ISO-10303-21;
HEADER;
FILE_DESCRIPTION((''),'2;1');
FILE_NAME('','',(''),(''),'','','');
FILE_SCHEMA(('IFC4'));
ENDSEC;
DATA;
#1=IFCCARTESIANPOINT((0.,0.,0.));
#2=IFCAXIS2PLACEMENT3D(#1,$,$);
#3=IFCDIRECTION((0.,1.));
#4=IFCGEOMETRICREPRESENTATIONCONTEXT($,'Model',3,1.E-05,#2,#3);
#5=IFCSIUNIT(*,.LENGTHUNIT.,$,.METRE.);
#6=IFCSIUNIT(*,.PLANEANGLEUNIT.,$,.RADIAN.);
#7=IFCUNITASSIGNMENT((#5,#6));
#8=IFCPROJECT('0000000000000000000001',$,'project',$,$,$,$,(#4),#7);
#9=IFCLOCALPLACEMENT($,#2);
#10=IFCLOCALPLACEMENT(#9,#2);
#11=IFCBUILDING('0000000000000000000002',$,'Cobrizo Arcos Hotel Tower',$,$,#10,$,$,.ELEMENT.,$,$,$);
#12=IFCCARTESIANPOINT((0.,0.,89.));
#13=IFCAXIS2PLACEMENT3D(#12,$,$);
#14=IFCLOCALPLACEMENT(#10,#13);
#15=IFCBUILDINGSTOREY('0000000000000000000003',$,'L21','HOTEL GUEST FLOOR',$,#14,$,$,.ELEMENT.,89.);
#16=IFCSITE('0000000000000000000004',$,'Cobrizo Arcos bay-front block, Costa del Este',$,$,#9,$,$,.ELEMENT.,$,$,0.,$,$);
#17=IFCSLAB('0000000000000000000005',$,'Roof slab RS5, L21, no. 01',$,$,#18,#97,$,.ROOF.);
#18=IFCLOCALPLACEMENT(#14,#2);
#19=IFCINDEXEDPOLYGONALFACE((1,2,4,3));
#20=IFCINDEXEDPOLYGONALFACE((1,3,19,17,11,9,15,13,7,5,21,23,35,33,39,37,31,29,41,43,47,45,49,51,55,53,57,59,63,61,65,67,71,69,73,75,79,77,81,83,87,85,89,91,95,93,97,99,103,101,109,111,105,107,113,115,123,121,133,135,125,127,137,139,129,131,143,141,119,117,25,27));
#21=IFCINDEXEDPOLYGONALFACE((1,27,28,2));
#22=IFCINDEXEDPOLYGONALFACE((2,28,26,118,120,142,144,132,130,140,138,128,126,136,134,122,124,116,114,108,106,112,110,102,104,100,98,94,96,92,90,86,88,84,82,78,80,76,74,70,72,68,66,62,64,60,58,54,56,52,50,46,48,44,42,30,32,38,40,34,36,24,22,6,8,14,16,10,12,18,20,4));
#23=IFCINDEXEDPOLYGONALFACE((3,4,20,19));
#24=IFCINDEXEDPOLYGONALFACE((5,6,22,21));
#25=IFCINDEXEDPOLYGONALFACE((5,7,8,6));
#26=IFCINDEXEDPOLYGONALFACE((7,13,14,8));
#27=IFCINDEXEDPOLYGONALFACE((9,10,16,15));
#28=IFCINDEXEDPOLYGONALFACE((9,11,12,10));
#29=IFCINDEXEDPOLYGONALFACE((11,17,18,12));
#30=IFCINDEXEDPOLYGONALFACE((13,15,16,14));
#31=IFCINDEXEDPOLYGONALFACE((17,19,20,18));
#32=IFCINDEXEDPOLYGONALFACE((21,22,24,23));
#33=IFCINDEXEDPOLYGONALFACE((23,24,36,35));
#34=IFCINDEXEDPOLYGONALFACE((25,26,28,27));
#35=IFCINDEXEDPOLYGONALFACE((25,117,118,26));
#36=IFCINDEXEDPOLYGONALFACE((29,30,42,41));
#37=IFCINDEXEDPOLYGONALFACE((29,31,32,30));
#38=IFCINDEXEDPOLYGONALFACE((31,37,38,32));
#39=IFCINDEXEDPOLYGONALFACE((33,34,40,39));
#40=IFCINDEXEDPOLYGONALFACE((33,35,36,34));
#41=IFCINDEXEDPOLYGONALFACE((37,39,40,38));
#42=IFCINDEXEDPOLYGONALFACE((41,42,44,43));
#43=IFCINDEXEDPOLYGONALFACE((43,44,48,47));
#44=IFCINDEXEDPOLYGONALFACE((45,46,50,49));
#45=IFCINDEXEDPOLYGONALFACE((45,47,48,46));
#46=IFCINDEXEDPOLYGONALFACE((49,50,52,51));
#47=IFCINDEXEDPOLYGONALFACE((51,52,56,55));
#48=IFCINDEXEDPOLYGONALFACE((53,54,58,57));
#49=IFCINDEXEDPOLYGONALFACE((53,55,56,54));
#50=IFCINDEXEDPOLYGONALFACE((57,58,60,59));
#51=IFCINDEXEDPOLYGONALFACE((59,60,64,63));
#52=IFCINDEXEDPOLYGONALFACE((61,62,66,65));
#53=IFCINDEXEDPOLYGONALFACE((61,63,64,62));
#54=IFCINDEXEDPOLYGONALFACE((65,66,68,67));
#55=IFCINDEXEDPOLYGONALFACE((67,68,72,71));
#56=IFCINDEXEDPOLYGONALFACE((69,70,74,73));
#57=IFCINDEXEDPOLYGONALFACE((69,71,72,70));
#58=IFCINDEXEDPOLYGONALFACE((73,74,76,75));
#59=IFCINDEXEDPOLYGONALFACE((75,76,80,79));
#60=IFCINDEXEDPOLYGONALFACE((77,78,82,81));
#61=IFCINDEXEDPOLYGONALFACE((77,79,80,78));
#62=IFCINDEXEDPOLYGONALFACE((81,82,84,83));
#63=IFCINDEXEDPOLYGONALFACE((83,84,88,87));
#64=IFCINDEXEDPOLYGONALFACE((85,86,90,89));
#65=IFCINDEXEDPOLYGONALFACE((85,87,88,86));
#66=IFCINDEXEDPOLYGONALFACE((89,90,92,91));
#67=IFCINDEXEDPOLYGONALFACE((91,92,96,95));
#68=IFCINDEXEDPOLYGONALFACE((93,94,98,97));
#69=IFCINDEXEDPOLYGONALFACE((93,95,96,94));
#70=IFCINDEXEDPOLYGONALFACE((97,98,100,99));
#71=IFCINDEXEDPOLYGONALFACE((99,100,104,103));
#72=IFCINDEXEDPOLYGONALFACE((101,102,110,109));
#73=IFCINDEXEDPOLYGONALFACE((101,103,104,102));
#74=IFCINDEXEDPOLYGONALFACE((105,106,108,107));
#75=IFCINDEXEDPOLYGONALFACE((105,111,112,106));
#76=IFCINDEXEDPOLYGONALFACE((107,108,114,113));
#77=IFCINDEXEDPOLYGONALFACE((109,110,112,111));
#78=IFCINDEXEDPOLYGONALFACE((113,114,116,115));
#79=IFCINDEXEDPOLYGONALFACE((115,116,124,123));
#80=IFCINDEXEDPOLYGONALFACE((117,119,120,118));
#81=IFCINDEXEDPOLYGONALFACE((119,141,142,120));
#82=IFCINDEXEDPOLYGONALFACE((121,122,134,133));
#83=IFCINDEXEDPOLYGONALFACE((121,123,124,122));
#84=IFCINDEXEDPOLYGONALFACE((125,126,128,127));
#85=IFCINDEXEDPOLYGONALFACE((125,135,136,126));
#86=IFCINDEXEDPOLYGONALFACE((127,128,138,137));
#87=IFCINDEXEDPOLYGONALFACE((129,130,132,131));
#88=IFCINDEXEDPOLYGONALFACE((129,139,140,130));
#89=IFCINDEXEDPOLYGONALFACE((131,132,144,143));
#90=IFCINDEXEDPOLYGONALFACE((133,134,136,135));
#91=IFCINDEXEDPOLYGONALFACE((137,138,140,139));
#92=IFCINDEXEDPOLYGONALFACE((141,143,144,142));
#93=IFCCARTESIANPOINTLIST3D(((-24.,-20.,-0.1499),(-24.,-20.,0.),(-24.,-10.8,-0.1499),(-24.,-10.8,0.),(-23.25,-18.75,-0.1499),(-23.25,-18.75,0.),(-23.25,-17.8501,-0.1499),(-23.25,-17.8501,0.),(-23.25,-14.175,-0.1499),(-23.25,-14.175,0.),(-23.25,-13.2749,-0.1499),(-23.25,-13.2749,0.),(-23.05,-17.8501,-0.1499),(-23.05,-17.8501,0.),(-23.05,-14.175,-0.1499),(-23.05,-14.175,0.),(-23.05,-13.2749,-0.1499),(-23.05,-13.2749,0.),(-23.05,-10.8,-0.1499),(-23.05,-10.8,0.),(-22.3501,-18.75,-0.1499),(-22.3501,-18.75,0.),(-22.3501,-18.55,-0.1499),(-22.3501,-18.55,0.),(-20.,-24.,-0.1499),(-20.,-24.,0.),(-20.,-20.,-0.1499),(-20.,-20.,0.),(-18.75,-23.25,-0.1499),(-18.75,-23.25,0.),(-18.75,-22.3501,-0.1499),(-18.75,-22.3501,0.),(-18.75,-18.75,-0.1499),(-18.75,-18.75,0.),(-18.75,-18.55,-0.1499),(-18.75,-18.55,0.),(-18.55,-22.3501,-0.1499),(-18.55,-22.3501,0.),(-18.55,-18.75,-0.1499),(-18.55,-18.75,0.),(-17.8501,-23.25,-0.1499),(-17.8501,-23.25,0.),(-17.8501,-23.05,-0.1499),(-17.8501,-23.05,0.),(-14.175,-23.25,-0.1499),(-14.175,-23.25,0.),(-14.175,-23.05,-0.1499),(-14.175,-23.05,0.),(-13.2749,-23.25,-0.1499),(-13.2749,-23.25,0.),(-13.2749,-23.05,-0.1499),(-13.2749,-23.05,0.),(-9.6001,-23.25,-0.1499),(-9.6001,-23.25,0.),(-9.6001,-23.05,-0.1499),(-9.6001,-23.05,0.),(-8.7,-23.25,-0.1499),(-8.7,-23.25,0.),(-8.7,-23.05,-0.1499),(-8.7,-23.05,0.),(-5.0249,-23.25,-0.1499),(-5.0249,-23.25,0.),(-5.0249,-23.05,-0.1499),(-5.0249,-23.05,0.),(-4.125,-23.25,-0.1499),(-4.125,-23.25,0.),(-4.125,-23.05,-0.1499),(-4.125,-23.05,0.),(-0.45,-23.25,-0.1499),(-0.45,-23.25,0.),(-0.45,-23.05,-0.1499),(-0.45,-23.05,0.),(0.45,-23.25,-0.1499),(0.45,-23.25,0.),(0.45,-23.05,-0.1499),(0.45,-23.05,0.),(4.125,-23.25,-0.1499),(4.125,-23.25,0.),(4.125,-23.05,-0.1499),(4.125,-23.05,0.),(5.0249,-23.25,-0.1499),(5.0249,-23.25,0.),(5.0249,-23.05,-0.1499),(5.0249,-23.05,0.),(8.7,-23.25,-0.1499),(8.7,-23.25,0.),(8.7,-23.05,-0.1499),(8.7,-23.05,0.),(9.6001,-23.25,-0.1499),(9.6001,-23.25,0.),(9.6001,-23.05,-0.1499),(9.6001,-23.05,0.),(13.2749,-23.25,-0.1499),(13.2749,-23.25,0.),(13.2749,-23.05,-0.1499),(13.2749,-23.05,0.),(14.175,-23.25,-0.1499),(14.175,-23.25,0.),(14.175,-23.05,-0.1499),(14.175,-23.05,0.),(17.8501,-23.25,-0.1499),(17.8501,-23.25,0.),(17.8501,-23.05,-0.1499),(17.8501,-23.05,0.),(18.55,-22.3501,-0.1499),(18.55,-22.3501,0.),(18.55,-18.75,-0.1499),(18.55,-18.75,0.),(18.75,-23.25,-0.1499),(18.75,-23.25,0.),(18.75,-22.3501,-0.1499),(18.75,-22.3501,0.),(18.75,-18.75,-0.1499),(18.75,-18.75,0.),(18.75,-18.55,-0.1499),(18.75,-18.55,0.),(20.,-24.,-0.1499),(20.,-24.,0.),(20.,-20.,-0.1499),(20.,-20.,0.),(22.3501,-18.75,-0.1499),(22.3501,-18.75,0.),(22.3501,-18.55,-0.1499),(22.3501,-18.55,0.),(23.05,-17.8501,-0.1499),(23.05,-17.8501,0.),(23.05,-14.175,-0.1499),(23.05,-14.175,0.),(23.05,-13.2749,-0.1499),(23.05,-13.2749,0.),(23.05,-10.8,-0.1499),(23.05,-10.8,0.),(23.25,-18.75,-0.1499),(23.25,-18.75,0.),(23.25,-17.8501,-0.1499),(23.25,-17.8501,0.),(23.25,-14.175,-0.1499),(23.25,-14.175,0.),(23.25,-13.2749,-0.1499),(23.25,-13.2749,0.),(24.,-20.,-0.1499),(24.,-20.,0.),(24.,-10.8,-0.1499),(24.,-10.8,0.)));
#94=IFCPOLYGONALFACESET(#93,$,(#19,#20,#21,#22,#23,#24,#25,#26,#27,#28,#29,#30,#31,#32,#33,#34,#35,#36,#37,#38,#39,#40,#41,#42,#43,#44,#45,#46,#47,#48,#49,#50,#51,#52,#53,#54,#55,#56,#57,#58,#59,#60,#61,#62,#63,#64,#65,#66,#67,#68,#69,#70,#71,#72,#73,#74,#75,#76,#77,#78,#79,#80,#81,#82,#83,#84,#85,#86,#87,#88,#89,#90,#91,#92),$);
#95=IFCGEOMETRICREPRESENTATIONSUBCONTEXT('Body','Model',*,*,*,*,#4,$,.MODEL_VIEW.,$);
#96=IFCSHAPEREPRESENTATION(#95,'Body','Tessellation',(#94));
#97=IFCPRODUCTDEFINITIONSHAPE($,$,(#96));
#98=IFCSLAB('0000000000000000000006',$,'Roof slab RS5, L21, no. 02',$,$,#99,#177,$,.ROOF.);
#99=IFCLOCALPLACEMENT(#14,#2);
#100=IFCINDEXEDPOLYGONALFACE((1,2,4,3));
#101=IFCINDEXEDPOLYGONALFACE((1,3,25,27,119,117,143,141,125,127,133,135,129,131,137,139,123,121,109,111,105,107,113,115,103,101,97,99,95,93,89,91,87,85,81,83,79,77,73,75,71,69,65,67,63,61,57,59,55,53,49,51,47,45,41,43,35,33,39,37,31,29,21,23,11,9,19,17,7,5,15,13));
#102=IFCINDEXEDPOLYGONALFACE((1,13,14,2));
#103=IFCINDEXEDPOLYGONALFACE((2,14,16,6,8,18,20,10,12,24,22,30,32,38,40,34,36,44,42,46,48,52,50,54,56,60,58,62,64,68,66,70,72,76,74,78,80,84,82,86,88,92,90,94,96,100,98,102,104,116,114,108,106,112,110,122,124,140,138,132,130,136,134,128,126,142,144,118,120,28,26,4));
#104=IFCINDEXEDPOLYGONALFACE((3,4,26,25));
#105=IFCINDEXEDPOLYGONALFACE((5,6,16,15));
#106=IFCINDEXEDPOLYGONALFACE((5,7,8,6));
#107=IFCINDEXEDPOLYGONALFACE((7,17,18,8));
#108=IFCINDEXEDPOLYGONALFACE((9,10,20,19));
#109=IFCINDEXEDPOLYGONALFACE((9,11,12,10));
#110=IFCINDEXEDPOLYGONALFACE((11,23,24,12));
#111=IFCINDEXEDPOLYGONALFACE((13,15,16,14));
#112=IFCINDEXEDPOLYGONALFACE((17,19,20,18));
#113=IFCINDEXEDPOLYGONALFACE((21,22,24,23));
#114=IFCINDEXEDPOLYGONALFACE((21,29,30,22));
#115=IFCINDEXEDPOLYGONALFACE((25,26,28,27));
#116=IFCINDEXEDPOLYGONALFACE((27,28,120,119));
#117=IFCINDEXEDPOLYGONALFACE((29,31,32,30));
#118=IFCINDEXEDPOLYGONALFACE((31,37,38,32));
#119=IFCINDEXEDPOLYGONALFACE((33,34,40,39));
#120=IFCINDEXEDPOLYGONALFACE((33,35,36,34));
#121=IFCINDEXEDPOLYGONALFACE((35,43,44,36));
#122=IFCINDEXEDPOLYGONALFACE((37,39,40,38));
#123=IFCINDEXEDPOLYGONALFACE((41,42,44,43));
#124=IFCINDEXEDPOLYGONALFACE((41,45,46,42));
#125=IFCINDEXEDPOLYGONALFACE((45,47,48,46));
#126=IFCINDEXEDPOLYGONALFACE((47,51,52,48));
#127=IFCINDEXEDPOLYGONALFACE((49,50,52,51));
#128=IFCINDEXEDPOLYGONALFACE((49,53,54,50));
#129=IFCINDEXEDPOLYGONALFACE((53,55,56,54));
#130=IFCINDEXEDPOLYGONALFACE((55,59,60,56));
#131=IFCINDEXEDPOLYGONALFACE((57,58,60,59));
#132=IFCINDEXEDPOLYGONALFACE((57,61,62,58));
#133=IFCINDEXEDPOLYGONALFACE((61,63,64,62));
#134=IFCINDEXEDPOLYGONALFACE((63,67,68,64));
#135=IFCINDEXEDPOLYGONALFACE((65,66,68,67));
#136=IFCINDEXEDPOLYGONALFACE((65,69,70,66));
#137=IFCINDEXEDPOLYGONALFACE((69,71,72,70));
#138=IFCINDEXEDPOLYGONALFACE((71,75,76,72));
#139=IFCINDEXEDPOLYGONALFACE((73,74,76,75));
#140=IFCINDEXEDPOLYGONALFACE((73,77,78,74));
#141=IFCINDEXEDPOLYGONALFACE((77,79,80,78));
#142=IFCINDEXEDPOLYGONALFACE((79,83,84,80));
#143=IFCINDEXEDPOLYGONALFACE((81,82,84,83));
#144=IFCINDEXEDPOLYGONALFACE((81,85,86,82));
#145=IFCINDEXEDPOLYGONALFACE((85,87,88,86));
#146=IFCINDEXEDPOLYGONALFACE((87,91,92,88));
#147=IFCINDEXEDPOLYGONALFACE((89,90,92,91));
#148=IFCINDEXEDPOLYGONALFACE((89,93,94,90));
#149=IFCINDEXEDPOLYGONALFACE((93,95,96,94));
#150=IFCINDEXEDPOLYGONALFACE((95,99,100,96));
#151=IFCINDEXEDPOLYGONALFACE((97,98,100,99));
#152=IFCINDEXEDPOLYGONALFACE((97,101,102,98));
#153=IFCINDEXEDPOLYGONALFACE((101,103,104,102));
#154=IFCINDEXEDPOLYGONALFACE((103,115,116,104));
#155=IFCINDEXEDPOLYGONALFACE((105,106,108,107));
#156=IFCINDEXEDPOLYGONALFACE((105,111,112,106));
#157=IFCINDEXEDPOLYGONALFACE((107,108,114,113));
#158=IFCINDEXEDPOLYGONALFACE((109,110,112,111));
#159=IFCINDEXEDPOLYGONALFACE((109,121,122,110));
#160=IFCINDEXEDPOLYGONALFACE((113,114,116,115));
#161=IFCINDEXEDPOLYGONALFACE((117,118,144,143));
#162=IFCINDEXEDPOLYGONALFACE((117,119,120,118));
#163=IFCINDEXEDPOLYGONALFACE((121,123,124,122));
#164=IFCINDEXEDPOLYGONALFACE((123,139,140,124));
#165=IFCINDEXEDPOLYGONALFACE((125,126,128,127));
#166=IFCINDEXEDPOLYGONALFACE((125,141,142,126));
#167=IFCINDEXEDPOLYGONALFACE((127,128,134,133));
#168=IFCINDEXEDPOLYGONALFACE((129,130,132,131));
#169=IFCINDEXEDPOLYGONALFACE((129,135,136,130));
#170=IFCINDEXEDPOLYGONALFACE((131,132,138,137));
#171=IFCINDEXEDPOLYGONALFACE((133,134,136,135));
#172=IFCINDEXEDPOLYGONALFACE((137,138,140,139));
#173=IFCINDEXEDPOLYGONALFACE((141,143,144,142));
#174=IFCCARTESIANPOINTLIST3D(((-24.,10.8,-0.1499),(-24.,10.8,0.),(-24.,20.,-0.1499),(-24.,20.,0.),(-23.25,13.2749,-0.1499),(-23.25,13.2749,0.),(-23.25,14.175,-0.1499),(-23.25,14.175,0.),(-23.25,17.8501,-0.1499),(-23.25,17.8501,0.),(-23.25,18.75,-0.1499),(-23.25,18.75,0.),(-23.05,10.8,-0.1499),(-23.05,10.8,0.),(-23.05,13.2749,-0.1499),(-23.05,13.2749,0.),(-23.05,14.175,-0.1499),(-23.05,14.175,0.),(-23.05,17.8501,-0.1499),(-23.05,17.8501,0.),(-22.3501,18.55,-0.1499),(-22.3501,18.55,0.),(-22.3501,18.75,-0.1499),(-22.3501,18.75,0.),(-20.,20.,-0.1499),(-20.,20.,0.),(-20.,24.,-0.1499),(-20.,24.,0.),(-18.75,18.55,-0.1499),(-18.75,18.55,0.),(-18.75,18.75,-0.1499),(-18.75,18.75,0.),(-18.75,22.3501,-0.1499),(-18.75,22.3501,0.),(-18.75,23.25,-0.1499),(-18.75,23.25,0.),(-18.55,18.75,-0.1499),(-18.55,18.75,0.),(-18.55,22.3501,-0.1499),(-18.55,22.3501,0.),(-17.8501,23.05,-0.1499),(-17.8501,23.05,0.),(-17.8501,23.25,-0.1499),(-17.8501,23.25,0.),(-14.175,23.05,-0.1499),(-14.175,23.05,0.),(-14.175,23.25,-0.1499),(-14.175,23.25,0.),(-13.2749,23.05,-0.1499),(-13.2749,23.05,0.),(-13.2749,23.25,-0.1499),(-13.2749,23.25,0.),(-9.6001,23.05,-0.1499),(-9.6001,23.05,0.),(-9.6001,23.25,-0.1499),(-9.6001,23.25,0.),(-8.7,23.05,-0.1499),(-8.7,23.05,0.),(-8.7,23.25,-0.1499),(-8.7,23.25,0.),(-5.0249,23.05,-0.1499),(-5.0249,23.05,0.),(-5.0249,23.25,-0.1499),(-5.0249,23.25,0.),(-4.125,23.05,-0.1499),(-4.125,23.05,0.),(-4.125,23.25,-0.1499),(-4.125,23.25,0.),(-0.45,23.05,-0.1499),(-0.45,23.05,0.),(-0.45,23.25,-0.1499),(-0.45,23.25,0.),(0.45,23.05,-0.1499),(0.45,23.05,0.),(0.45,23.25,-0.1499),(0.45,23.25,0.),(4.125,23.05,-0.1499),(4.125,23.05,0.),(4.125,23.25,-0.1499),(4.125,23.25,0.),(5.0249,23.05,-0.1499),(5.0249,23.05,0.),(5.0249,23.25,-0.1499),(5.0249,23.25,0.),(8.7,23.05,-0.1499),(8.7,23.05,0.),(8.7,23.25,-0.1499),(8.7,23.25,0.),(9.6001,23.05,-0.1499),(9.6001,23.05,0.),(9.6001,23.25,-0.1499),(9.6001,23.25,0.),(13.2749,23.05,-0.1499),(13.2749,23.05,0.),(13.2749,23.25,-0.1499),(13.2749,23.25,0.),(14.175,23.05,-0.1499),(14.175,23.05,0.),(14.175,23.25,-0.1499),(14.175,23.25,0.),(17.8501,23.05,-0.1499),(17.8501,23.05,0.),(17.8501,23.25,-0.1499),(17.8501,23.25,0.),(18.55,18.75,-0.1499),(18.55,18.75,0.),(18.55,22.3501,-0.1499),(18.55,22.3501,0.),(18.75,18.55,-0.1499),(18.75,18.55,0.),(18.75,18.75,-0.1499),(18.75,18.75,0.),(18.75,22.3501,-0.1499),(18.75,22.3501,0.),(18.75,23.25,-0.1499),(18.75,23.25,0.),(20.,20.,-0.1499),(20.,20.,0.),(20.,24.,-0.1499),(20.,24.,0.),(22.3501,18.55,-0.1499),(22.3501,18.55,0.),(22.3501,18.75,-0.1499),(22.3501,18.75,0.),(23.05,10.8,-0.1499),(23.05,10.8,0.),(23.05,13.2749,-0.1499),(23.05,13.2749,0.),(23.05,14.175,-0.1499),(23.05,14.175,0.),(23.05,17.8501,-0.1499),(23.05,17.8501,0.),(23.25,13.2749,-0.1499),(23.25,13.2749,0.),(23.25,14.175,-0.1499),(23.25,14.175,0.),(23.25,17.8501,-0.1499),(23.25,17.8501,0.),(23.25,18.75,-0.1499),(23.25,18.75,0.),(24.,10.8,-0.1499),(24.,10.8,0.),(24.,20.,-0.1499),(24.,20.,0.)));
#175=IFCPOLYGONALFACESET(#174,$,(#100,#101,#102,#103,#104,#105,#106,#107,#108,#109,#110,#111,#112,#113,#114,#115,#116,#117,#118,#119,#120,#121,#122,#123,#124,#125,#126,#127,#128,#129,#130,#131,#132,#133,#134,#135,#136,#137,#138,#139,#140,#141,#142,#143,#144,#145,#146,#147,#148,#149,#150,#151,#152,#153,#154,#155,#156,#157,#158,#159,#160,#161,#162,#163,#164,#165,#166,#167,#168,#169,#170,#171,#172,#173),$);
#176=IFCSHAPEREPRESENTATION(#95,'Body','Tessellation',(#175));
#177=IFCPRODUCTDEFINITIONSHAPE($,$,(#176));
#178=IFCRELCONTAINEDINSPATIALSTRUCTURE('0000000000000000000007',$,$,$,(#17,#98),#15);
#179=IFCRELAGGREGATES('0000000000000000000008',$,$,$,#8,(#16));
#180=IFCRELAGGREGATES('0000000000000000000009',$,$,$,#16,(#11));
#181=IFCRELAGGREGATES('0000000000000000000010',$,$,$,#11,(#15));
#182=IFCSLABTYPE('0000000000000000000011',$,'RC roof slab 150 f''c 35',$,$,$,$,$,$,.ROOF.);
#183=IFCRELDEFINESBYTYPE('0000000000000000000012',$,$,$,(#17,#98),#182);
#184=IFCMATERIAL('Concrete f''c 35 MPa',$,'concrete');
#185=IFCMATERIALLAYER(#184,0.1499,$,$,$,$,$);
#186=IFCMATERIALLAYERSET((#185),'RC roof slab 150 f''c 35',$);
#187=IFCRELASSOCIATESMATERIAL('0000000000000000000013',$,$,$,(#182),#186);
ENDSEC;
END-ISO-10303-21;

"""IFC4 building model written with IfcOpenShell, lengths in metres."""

from ifc_helpers import new_model, si_unit, direction, frame, origin, place, context, subcontext, project, spatial, polyline, outline, extrude, material, layer, layer_set, type_object, element, save


model = new_model("IFC4")

# Units and contexts
model_context = context("Model", 3, precision=1e-05, world=origin(), true_north=direction((0.0, 1.0)))
body_context = subcontext(model_context, "Body", "Model", "MODEL_VIEW")
ifc_project = project(units=[si_unit("LENGTHUNIT", "METRE"), si_unit("PLANEANGLEUNIT", "RADIAN")], contexts=[model_context])

# Site, building, storey
site_placement = place(None, origin())
site = spatial("IfcSite", under=ifc_project, at=site_placement, Name="Cobrizo Arcos bay-front block, Costa del Este", CompositionType="ELEMENT", RefElevation=0.0)
building_placement = place(site_placement, origin())
building = spatial("IfcBuilding", under=site, at=building_placement, Name="Cobrizo Arcos Hotel Tower", CompositionType="ELEMENT")
storey_placement = place(building_placement, frame((0.0, 0.0, 89.0)))
storey = spatial("IfcBuildingStorey", under=building, at=storey_placement, Name="L21", Description="HOTEL GUEST FLOOR", CompositionType="ELEMENT", Elevation=89.0)

# Slabs
ifc_material_1 = material(Name="Concrete f'c 35 MPa", Category="concrete")
ifc_layer_1 = layer(ifc_material_1, 0.1499)
ifc_layer_set_1 = layer_set([ifc_layer_1], Name="RC roof slab 150 f'c 35")
slab_type_1 = type_object("IfcSlabType", Name="RC roof slab 150 f'c 35", PredefinedType="ROOF", material=ifc_layer_set_1)
slab_1_placement = place(storey_placement, frame((0.0, 0.0, -0.1499)))
element("IfcSlab", 1, at=slab_1_placement, inside=storey, type_object=slab_type_1, Name="Roof slab RS5, L21, no. 01", PredefinedType="ROOF", context=body_context, shape_type="SweptSolid", body=[
    extrude(outline(polyline([(-24.0, -10.8), (-23.05, -10.8), (-23.05, -13.2749), (-23.25, -13.2749), (-23.25, -14.175), (-23.05, -14.175), (-23.05, -17.8501), (-23.25, -17.8501), (-23.25, -18.75), (-22.3501, -18.75), (-22.3501, -18.55), (-18.75, -18.55), (-18.75, -18.75), (-18.55, -18.75), (-18.55, -22.3501), (-18.75, -22.3501), (-18.75, -23.25), (-17.8501, -23.25), (-17.8501, -23.05), (-14.175, -23.05), (-14.175, -23.25), (-13.2749, -23.25), (-13.2749, -23.05), (-9.6001, -23.05), (-9.6001, -23.25), (-8.7, -23.25), (-8.7, -23.05), (-5.0249, -23.05), (-5.0249, -23.25), (-4.125, -23.25), (-4.125, -23.05), (-0.45, -23.05), (-0.45, -23.25), (0.45, -23.25), (0.45, -23.05), (4.125, -23.05), (4.125, -23.25), (5.0249, -23.25), (5.0249, -23.05), (8.7, -23.05), (8.7, -23.25), (9.6001, -23.25), (9.6001, -23.05), (13.2749, -23.05), (13.2749, -23.25), (14.175, -23.25), (14.175, -23.05), (17.8501, -23.05), (17.8501, -23.25), (18.75, -23.25), (18.75, -22.3501), (18.55, -22.3501), (18.55, -18.75), (18.75, -18.75), (18.75, -18.55), (22.3501, -18.55), (22.3501, -18.75), (23.25, -18.75), (23.25, -17.8501), (23.05, -17.8501), (23.05, -14.175), (23.25, -14.175), (23.25, -13.2749), (23.05, -13.2749), (23.05, -10.8), (24.0, -10.8), (24.0, -20.0), (20.0, -20.0), (20.0, -24.0), (-20.0, -24.0), (-20.0, -20.0), (-24.0, -20.0), (-24.0, -10.8)])), origin(), (0.0, 0.0, 1.0), 0.1499),
])
slab_2_placement = place(storey_placement, frame((0.0, 0.0, -0.1499)))
element("IfcSlab", 2, at=slab_2_placement, inside=storey, type_object=slab_type_1, Name="Roof slab RS5, L21, no. 02", PredefinedType="ROOF", context=body_context, shape_type="SweptSolid", body=[
    extrude(outline(polyline([(-24.0, 20.0), (-20.0, 20.0), (-20.0, 24.0), (20.0, 24.0), (20.0, 20.0), (24.0, 20.0), (24.0, 10.8), (23.05, 10.8), (23.05, 13.2749), (23.25, 13.2749), (23.25, 14.175), (23.05, 14.175), (23.05, 17.8501), (23.25, 17.8501), (23.25, 18.75), (22.3501, 18.75), (22.3501, 18.55), (18.75, 18.55), (18.75, 18.75), (18.55, 18.75), (18.55, 22.3501), (18.75, 22.3501), (18.75, 23.25), (17.8501, 23.25), (17.8501, 23.05), (14.175, 23.05), (14.175, 23.25), (13.2749, 23.25), (13.2749, 23.05), (9.6001, 23.05), (9.6001, 23.25), (8.7, 23.25), (8.7, 23.05), (5.0249, 23.05), (5.0249, 23.25), (4.125, 23.25), (4.125, 23.05), (0.45, 23.05), (0.45, 23.25), (-0.45, 23.25), (-0.45, 23.05), (-4.125, 23.05), (-4.125, 23.25), (-5.0249, 23.25), (-5.0249, 23.05), (-8.7, 23.05), (-8.7, 23.25), (-9.6001, 23.25), (-9.6001, 23.05), (-13.2749, 23.05), (-13.2749, 23.25), (-14.175, 23.25), (-14.175, 23.05), (-17.8501, 23.05), (-17.8501, 23.25), (-18.75, 23.25), (-18.75, 22.3501), (-18.55, 22.3501), (-18.55, 18.75), (-18.75, 18.75), (-18.75, 18.55), (-22.3501, 18.55), (-22.3501, 18.75), (-23.25, 18.75), (-23.25, 17.8501), (-23.05, 17.8501), (-23.05, 14.175), (-23.25, 14.175), (-23.25, 13.2749), (-23.05, 13.2749), (-23.05, 10.8), (-24.0, 10.8), (-24.0, 20.0)])), origin(), (0.0, 0.0, 1.0), 0.1499),
])

save(model, "model.ifc")
